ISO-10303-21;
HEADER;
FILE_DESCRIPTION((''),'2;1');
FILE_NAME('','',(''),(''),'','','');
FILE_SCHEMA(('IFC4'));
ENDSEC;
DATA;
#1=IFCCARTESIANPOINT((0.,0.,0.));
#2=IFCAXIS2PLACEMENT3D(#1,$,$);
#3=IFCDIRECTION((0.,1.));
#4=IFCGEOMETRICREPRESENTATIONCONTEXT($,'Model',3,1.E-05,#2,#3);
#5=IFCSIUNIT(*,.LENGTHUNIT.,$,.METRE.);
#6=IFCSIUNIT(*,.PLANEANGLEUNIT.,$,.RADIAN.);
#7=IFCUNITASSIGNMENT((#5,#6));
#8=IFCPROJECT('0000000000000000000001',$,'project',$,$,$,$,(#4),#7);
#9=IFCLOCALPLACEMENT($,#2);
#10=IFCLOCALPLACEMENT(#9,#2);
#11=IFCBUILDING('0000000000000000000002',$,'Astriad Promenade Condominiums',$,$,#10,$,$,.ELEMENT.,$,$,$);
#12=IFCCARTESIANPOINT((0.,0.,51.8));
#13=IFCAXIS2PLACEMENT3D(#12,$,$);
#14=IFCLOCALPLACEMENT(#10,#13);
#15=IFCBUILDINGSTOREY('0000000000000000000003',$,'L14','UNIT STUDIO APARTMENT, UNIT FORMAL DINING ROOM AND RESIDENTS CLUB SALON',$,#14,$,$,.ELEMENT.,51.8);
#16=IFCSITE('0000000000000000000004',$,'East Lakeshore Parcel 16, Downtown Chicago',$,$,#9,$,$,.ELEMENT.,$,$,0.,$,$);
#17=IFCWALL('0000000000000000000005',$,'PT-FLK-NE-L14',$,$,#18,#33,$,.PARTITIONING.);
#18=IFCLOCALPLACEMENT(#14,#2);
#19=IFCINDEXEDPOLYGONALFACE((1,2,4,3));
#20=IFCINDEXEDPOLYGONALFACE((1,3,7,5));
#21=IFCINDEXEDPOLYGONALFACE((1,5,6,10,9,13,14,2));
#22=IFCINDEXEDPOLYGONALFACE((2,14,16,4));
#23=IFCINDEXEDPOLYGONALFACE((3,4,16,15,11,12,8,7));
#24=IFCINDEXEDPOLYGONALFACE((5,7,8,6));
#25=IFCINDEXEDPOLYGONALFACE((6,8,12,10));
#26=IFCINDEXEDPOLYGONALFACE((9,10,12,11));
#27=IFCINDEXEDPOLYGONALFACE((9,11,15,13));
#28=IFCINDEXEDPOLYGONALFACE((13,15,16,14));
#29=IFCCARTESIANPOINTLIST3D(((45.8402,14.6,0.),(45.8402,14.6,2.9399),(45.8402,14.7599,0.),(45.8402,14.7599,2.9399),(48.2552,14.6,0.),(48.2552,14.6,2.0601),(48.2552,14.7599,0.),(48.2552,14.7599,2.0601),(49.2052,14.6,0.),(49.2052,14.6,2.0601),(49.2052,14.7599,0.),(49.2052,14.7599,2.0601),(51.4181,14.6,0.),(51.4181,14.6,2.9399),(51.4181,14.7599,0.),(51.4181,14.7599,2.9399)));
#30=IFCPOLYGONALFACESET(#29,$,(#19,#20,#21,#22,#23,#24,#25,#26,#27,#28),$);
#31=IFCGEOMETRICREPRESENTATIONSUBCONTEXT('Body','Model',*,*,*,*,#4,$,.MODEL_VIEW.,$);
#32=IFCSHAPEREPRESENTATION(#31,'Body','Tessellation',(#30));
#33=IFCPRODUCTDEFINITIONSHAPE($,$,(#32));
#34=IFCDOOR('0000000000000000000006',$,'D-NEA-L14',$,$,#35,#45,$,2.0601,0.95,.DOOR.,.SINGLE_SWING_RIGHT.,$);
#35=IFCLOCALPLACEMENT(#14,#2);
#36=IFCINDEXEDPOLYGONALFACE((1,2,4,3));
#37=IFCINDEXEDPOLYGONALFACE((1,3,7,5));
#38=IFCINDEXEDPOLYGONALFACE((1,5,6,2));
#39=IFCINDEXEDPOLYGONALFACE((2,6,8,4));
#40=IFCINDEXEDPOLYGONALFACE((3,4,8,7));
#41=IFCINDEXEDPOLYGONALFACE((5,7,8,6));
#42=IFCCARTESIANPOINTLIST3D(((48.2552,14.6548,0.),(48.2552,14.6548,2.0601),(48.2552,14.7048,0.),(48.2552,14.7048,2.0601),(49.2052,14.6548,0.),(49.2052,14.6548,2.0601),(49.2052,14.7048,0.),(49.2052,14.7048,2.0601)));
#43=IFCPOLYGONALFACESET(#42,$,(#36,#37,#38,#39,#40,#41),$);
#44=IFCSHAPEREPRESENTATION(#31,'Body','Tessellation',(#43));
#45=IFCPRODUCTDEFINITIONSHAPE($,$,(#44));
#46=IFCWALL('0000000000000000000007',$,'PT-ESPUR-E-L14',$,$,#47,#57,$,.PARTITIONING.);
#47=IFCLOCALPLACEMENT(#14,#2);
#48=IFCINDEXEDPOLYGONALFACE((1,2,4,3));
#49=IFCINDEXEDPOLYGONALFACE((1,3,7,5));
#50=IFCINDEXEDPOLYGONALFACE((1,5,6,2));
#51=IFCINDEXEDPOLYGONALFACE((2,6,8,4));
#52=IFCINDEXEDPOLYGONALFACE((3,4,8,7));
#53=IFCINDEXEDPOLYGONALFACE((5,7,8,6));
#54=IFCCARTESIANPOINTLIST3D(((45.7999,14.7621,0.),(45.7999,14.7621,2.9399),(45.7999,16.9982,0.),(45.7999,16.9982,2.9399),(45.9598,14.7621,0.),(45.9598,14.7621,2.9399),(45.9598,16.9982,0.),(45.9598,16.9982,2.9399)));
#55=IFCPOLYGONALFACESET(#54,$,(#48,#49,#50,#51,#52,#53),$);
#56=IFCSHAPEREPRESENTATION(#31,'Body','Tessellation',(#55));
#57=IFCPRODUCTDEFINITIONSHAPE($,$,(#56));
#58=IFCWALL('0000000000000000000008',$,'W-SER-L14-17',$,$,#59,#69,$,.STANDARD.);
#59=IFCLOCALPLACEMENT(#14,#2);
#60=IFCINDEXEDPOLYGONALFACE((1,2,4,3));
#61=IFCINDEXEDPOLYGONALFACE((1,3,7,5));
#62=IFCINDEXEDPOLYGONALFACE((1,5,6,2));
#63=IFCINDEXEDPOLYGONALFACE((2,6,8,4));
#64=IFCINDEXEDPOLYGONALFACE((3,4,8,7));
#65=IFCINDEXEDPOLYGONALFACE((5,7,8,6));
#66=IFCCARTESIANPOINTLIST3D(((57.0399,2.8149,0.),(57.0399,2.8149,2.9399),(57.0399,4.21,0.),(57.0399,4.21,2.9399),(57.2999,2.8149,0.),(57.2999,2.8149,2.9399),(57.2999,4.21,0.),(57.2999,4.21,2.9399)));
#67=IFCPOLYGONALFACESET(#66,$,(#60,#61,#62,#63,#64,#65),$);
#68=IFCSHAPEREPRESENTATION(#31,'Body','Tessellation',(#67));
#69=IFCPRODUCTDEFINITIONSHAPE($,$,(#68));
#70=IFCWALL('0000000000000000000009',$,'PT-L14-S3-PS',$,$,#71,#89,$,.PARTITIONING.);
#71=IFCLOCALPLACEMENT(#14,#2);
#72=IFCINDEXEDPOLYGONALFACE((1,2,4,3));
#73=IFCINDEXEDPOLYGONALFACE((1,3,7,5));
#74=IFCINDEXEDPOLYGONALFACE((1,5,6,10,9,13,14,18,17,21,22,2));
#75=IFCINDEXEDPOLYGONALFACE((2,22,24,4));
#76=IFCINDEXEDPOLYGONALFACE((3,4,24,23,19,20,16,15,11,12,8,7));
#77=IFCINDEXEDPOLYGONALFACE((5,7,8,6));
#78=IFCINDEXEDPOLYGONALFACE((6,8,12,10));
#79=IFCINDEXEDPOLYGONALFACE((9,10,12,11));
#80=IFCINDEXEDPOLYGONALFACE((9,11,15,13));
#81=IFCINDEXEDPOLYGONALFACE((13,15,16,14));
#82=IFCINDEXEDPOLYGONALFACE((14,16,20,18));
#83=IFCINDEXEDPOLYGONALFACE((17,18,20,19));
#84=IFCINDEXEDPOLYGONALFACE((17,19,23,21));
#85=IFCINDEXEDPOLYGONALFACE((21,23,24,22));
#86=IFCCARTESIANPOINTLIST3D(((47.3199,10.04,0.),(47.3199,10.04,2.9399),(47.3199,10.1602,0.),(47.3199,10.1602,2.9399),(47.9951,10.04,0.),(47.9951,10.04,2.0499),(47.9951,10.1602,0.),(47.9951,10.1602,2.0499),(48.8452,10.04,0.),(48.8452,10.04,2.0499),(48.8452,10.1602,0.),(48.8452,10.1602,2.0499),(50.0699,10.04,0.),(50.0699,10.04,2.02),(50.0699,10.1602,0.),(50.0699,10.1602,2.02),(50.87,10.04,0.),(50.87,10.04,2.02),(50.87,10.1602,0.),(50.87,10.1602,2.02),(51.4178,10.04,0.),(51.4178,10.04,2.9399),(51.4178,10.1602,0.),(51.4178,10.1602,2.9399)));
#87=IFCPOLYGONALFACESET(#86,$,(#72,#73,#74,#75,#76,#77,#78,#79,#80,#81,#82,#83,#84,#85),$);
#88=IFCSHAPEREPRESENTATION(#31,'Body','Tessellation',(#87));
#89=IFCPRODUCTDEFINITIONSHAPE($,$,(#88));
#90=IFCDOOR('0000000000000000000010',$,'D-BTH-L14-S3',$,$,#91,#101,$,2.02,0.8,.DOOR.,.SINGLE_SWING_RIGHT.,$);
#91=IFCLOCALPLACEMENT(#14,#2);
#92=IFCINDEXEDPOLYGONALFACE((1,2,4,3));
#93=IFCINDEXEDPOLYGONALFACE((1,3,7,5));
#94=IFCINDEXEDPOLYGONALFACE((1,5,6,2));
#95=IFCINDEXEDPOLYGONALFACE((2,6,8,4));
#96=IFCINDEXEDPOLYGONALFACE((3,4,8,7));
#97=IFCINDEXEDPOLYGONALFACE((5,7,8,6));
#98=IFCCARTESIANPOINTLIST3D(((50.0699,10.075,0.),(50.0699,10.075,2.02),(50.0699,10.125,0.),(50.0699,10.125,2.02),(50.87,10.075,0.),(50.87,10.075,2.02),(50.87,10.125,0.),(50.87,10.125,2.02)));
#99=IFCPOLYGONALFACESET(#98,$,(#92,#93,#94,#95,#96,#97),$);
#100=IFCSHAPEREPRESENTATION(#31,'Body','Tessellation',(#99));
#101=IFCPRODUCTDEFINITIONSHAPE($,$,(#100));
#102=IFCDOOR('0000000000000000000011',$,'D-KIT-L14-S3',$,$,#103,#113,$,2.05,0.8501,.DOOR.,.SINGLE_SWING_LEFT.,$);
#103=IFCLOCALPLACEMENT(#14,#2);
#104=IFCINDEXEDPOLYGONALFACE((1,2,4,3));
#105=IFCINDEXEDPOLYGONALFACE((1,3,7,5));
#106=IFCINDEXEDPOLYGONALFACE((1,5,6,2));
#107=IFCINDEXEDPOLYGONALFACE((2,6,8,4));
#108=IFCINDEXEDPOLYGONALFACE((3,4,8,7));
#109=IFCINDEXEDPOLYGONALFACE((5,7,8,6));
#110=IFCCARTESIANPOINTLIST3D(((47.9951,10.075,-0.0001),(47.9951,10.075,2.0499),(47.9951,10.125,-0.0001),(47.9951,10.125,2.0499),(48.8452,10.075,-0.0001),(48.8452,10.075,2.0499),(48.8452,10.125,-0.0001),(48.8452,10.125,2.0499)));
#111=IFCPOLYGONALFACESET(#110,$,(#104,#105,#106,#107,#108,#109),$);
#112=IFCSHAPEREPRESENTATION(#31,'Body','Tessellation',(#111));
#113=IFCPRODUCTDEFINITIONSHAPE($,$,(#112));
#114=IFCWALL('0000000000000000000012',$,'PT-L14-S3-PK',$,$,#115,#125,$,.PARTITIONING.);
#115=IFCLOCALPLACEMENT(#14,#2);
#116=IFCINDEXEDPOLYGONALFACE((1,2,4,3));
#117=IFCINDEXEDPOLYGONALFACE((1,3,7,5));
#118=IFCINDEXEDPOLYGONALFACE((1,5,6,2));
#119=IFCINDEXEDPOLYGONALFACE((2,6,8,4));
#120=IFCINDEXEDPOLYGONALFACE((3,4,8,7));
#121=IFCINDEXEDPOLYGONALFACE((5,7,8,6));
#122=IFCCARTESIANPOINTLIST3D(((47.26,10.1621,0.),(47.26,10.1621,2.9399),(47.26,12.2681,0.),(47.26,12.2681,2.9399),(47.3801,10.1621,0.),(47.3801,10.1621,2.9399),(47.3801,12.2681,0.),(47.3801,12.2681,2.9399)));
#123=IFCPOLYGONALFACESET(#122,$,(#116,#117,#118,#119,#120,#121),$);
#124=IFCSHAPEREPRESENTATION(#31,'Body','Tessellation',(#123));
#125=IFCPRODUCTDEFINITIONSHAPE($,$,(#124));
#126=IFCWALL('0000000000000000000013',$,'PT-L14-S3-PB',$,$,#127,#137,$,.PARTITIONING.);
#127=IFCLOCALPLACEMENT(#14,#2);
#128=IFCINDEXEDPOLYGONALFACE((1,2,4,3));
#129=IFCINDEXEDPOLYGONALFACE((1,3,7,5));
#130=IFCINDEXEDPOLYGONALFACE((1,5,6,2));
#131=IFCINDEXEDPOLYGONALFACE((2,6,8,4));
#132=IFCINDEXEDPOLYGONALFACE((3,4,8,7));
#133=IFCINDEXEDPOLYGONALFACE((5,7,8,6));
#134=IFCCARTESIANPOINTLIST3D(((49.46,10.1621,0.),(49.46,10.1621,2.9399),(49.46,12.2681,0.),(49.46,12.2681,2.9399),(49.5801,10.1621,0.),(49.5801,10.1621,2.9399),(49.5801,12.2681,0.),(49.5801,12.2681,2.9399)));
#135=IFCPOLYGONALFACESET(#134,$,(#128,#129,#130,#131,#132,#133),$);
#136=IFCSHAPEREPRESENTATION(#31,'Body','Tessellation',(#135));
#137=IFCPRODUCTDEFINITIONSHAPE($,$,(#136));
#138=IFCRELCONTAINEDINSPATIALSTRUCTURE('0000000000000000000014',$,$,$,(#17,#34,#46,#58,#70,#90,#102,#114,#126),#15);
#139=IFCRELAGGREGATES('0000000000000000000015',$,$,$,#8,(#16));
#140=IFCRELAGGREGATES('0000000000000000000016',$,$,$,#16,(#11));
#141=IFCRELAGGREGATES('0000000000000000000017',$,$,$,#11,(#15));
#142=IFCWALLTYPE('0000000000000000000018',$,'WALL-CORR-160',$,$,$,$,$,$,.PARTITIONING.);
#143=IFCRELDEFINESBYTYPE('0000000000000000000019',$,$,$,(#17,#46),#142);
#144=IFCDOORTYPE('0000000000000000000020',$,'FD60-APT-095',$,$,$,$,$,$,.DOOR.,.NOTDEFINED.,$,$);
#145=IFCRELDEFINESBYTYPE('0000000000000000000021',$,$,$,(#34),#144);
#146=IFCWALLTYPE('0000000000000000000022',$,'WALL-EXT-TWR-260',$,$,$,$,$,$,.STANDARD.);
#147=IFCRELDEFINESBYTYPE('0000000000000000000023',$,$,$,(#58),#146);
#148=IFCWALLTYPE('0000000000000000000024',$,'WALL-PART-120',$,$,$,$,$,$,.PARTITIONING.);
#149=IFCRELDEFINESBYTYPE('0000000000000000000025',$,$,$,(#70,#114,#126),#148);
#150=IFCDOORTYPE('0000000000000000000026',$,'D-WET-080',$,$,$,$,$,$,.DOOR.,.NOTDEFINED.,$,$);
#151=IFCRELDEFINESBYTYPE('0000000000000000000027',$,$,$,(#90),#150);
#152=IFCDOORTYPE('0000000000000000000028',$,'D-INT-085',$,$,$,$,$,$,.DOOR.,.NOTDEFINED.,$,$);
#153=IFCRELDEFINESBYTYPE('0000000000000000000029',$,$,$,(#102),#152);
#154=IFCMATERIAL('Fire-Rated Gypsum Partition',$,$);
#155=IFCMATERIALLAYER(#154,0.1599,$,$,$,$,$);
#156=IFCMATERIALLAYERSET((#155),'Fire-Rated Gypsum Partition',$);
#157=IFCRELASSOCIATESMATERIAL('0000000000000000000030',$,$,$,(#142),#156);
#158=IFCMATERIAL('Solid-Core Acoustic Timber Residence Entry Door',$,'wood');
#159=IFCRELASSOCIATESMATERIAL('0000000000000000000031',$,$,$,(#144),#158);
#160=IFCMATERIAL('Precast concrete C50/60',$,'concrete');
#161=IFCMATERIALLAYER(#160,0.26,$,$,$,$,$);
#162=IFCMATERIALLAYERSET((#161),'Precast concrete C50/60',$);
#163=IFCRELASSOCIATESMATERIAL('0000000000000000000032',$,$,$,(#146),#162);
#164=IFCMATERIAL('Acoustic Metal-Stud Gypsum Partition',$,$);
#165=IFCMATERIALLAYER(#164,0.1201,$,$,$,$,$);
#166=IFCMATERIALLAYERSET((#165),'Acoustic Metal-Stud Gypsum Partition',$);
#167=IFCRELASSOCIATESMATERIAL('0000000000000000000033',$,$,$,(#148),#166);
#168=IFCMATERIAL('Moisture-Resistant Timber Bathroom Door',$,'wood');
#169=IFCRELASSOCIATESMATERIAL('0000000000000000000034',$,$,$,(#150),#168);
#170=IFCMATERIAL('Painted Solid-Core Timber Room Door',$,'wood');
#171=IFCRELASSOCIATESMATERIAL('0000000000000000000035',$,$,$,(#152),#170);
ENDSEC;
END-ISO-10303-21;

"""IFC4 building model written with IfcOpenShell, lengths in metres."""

from ifc_helpers import new_model, si_unit, direction, frame, frame_2d, origin, place, context, subcontext, project, spatial, rectangle, extrude, source, transform, mapped, material, layer, layer_set, type_object, type_shapes, element, fill, save


model = new_model("IFC4")

# Units and contexts
model_context = context("Model", 3, precision=1e-05, world=origin(), true_north=direction((0.0, 1.0)))
body_context = subcontext(model_context, "Body", "Model", "MODEL_VIEW")
ifc_project = project(units=[si_unit("LENGTHUNIT", "METRE"), si_unit("PLANEANGLEUNIT", "RADIAN")], contexts=[model_context])

# Site, building, storey
site_placement = place(None, origin())
site = spatial("IfcSite", under=ifc_project, at=site_placement, Name="East Lakeshore Parcel 16, Downtown Chicago", CompositionType="ELEMENT", RefElevation=0.0)
building_placement = place(site_placement, origin())
building = spatial("IfcBuilding", under=site, at=building_placement, Name="Astriad Promenade Condominiums", CompositionType="ELEMENT")
storey_placement = place(building_placement, frame((0.0, 0.0, 51.8)))
storey = spatial("IfcBuildingStorey", under=building, at=storey_placement, Name="L14", Description="UNIT STUDIO APARTMENT, UNIT FORMAL DINING ROOM AND RESIDENTS CLUB SALON", CompositionType="ELEMENT", Elevation=51.8)

# Shared definitions
ifc_material_1 = material(Name="Fire-Rated Gypsum Partition")
ifc_layer_1 = layer(ifc_material_1, 0.1599)
ifc_layer_set_1 = layer_set([ifc_layer_1], Name="Fire-Rated Gypsum Partition")
wall_type_1 = type_object("IfcWallType", Name="WALL-CORR-160", PredefinedType="PARTITIONING", material=ifc_layer_set_1)

# Wall, opening, door
ifc_material_2 = material(Name="Solid-Core Acoustic Timber Residence Entry Door", Category="wood")
door_type_1 = type_object("IfcDoorType", Name="FD60-APT-095", OperationType="NOTDEFINED", PredefinedType="DOOR", material=ifc_material_2)
shared_shape_1 = source(origin(), body_context, "Body", "SweptSolid", [
    extrude(rectangle(XDim=0.95, YDim=2.0601, at=frame_2d((0.4751, 1.03))), frame((0.0, 0.0249, 0.0), z_axis=(0.0, -1.0, 0.0), x_axis=(1.0, 0.0, 0.0)), (0.0, 0.0, 1.0), 0.05),
])
type_shapes(door_type_1, [shared_shape_1])
wall_1_placement = place(storey_placement, frame((45.8401, 14.6799, 0.0), z_axis=(0.0, 0.0, 1.0), x_axis=(1.0, 0.0, 0.0)))
wall_1 = element("IfcWall", 1, at=wall_1_placement, inside=storey, type_object=wall_type_1, Name="PT-FLK-NE-L14", PredefinedType="PARTITIONING", context=body_context, shape_type="SweptSolid", body=[
    extrude(rectangle(XDim=5.5779, YDim=0.1599, at=frame_2d((2.7891, 0.0))), origin(), (0.0, 0.0, 1.0), 2.9399),
])
opening_1_placement = place(wall_1_placement, frame((2.415, 0.0, 0.0)))
opening_1 = element("IfcOpeningElement", 2, at=opening_1_placement, cuts=wall_1, PredefinedType="OPENING", context=body_context, shape_type="SweptSolid", body=[
    extrude(rectangle(XDim=0.95, YDim=2.0601, at=frame_2d((0.4751, 1.03))), frame((0.0, 0.0898, 0.0), z_axis=(0.0, -1.0, 0.0), x_axis=(1.0, 0.0, 0.0)), (0.0, 0.0, 1.0), 0.1799),
])
door_1_placement = place(opening_1_placement, origin())
door_1 = element("IfcDoor", 3, at=door_1_placement, inside=storey, type_object=door_type_1, Name="D-NEA-L14", OperationType="SINGLE_SWING_RIGHT", OverallHeight=2.0601, OverallWidth=0.95, PredefinedType="DOOR", context=body_context, shape_type="MappedRepresentation", body=[
    mapped(shared_shape_1, transform((0.0, 0.0, 0.0), scale=1.0)),
])
fill(opening_1, door_1)

# Walls
wall_2_placement = place(storey_placement, frame((45.8799, 14.762, 0.0), z_axis=(0.0, 0.0, 1.0), x_axis=(0.0, 1.0, 0.0)))
element("IfcWall", 4, at=wall_2_placement, inside=storey, type_object=wall_type_1, Name="PT-ESPUR-E-L14", PredefinedType="PARTITIONING", context=body_context, shape_type="SweptSolid", body=[
    extrude(rectangle(XDim=2.2361, YDim=0.1599, at=frame_2d((1.1182, 0.0))), origin(), (0.0, 0.0, 1.0), 2.9399),
])
ifc_material_3 = material(Name="Precast concrete C50/60", Category="concrete")
ifc_layer_2 = layer(ifc_material_3, 0.26)
ifc_layer_set_2 = layer_set([ifc_layer_2], Name="Precast concrete C50/60")
wall_type_2 = type_object("IfcWallType", Name="WALL-EXT-TWR-260", PredefinedType="STANDARD", material=ifc_layer_set_2)
wall_3_placement = place(storey_placement, frame((57.1699, 4.21, 0.0), z_axis=(0.0, 0.0, 1.0), x_axis=(0.0, -1.0, 0.0)))
element("IfcWall", 5, at=wall_3_placement, inside=storey, type_object=wall_type_2, Name="W-SER-L14-17", PredefinedType="STANDARD", context=body_context, shape_type="SweptSolid", body=[
    extrude(rectangle(XDim=1.395, YDim=0.26, at=frame_2d((0.6975, 0.0))), origin(), (0.0, 0.0, 1.0), 2.9399),
])

# Wall, openings, doors
ifc_material_4 = material(Name="Acoustic Metal-Stud Gypsum Partition")
ifc_layer_3 = layer(ifc_material_4, 0.1201)
ifc_layer_set_3 = layer_set([ifc_layer_3], Name="Acoustic Metal-Stud Gypsum Partition")
wall_type_3 = type_object("IfcWallType", Name="WALL-PART-120", PredefinedType="PARTITIONING", material=ifc_layer_set_3)
wall_4_placement = place(storey_placement, frame((47.3201, 10.1001, 0.0), z_axis=(0.0, 0.0, 1.0), x_axis=(1.0, 0.0, 0.0)))
wall_4 = element("IfcWall", 6, at=wall_4_placement, inside=storey, type_object=wall_type_3, Name="PT-L14-S3-PS", PredefinedType="PARTITIONING", context=body_context, shape_type="SweptSolid", body=[
    extrude(rectangle(XDim=4.0979, YDim=0.1201, at=frame_2d((2.0488, 0.0))), origin(), (0.0, 0.0, 1.0), 2.9399),
])
opening_2_placement = place(wall_4_placement, frame((0.675, 0.0, 0.0)))
opening_2 = element("IfcOpeningElement", 7, at=opening_2_placement, cuts=wall_4, PredefinedType="OPENING", context=body_context, shape_type="SweptSolid", body=[
    extrude(rectangle(XDim=0.8501, YDim=2.05, at=frame_2d((0.425, 1.0249))), frame((0.0, 0.0701, 0.0), z_axis=(0.0, -1.0, 0.0), x_axis=(1.0, 0.0, 0.0)), (0.0, 0.0, 1.0), 0.1401),
])
opening_3_placement = place(wall_4_placement, frame((2.75, 0.0, 0.0)))
opening_3 = element("IfcOpeningElement", 8, at=opening_3_placement, cuts=wall_4, PredefinedType="OPENING", context=body_context, shape_type="SweptSolid", body=[
    extrude(rectangle(XDim=0.8, YDim=2.02, at=frame_2d((0.3999, 1.01))), frame((0.0, 0.0701, 0.0), z_axis=(0.0, -1.0, 0.0), x_axis=(1.0, 0.0, 0.0)), (0.0, 0.0, 1.0), 0.1401),
])
ifc_material_5 = material(Name="Moisture-Resistant Timber Bathroom Door", Category="wood")
door_type_2 = type_object("IfcDoorType", Name="D-WET-080", OperationType="NOTDEFINED", PredefinedType="DOOR", material=ifc_material_5)
shared_shape_2 = source(origin(), body_context, "Body", "SweptSolid", [
    extrude(rectangle(XDim=0.8, YDim=2.02, at=frame_2d((0.3999, 1.01))), frame((0.0, 0.0249, 0.0), z_axis=(0.0, -1.0, 0.0), x_axis=(1.0, 0.0, 0.0)), (0.0, 0.0, 1.0), 0.05),
])
type_shapes(door_type_2, [shared_shape_2])
door_2_placement = place(opening_3_placement, origin())
door_2 = element("IfcDoor", 9, at=door_2_placement, inside=storey, type_object=door_type_2, Name="D-BTH-L14-S3", OperationType="SINGLE_SWING_RIGHT", OverallHeight=2.02, OverallWidth=0.8, PredefinedType="DOOR", context=body_context, shape_type="MappedRepresentation", body=[
    mapped(shared_shape_2, transform((0.0, 0.0, 0.0), scale=1.0)),
])
fill(opening_3, door_2)
ifc_material_6 = material(Name="Painted Solid-Core Timber Room Door", Category="wood")
door_type_3 = type_object("IfcDoorType", Name="D-INT-085", OperationType="NOTDEFINED", PredefinedType="DOOR", material=ifc_material_6)
shared_shape_3 = source(origin(), body_context, "Body", "SweptSolid", [
    extrude(rectangle(XDim=0.8501, YDim=2.05, at=frame_2d((0.425, 1.0249))), frame((0.0, 0.0249, 0.0), z_axis=(0.0, -1.0, 0.0), x_axis=(1.0, 0.0, 0.0)), (0.0, 0.0, 1.0), 0.05),
])
type_shapes(door_type_3, [shared_shape_3])
door_3_placement = place(opening_2_placement, origin())
door_3 = element("IfcDoor", 10, at=door_3_placement, inside=storey, type_object=door_type_3, Name="D-KIT-L14-S3", OperationType="SINGLE_SWING_LEFT", OverallHeight=2.05, OverallWidth=0.8501, PredefinedType="DOOR", context=body_context, shape_type="MappedRepresentation", body=[
    mapped(shared_shape_3, transform((0.0, 0.0, 0.0), scale=1.0)),
])
fill(opening_2, door_3)

# Walls
for number, where, z_axis, x_axis, name in (
    (11, (47.3201, 10.1621, 0.0), (0.0, 0.0, 1.0), (0.0, 1.0, 0.0), "PT-L14-S3-PK"),
    (12, (49.52, 10.1621, 0.0), (0.0, 0.0, 1.0), (0.0, 1.0, 0.0), "PT-L14-S3-PB"),
):
    element("IfcWall", number, at=place(storey_placement, frame(where, z_axis=z_axis, x_axis=x_axis)), inside=storey, type_object=wall_type_3, Name=name, PredefinedType="PARTITIONING", context=body_context, shape_type="SweptSolid", body=[
        extrude(rectangle(XDim=2.106, YDim=0.1201, at=frame_2d((1.053, 0.0))), origin(), (0.0, 0.0, 1.0), 2.9399),
    ])

save(model, "model.ifc")
